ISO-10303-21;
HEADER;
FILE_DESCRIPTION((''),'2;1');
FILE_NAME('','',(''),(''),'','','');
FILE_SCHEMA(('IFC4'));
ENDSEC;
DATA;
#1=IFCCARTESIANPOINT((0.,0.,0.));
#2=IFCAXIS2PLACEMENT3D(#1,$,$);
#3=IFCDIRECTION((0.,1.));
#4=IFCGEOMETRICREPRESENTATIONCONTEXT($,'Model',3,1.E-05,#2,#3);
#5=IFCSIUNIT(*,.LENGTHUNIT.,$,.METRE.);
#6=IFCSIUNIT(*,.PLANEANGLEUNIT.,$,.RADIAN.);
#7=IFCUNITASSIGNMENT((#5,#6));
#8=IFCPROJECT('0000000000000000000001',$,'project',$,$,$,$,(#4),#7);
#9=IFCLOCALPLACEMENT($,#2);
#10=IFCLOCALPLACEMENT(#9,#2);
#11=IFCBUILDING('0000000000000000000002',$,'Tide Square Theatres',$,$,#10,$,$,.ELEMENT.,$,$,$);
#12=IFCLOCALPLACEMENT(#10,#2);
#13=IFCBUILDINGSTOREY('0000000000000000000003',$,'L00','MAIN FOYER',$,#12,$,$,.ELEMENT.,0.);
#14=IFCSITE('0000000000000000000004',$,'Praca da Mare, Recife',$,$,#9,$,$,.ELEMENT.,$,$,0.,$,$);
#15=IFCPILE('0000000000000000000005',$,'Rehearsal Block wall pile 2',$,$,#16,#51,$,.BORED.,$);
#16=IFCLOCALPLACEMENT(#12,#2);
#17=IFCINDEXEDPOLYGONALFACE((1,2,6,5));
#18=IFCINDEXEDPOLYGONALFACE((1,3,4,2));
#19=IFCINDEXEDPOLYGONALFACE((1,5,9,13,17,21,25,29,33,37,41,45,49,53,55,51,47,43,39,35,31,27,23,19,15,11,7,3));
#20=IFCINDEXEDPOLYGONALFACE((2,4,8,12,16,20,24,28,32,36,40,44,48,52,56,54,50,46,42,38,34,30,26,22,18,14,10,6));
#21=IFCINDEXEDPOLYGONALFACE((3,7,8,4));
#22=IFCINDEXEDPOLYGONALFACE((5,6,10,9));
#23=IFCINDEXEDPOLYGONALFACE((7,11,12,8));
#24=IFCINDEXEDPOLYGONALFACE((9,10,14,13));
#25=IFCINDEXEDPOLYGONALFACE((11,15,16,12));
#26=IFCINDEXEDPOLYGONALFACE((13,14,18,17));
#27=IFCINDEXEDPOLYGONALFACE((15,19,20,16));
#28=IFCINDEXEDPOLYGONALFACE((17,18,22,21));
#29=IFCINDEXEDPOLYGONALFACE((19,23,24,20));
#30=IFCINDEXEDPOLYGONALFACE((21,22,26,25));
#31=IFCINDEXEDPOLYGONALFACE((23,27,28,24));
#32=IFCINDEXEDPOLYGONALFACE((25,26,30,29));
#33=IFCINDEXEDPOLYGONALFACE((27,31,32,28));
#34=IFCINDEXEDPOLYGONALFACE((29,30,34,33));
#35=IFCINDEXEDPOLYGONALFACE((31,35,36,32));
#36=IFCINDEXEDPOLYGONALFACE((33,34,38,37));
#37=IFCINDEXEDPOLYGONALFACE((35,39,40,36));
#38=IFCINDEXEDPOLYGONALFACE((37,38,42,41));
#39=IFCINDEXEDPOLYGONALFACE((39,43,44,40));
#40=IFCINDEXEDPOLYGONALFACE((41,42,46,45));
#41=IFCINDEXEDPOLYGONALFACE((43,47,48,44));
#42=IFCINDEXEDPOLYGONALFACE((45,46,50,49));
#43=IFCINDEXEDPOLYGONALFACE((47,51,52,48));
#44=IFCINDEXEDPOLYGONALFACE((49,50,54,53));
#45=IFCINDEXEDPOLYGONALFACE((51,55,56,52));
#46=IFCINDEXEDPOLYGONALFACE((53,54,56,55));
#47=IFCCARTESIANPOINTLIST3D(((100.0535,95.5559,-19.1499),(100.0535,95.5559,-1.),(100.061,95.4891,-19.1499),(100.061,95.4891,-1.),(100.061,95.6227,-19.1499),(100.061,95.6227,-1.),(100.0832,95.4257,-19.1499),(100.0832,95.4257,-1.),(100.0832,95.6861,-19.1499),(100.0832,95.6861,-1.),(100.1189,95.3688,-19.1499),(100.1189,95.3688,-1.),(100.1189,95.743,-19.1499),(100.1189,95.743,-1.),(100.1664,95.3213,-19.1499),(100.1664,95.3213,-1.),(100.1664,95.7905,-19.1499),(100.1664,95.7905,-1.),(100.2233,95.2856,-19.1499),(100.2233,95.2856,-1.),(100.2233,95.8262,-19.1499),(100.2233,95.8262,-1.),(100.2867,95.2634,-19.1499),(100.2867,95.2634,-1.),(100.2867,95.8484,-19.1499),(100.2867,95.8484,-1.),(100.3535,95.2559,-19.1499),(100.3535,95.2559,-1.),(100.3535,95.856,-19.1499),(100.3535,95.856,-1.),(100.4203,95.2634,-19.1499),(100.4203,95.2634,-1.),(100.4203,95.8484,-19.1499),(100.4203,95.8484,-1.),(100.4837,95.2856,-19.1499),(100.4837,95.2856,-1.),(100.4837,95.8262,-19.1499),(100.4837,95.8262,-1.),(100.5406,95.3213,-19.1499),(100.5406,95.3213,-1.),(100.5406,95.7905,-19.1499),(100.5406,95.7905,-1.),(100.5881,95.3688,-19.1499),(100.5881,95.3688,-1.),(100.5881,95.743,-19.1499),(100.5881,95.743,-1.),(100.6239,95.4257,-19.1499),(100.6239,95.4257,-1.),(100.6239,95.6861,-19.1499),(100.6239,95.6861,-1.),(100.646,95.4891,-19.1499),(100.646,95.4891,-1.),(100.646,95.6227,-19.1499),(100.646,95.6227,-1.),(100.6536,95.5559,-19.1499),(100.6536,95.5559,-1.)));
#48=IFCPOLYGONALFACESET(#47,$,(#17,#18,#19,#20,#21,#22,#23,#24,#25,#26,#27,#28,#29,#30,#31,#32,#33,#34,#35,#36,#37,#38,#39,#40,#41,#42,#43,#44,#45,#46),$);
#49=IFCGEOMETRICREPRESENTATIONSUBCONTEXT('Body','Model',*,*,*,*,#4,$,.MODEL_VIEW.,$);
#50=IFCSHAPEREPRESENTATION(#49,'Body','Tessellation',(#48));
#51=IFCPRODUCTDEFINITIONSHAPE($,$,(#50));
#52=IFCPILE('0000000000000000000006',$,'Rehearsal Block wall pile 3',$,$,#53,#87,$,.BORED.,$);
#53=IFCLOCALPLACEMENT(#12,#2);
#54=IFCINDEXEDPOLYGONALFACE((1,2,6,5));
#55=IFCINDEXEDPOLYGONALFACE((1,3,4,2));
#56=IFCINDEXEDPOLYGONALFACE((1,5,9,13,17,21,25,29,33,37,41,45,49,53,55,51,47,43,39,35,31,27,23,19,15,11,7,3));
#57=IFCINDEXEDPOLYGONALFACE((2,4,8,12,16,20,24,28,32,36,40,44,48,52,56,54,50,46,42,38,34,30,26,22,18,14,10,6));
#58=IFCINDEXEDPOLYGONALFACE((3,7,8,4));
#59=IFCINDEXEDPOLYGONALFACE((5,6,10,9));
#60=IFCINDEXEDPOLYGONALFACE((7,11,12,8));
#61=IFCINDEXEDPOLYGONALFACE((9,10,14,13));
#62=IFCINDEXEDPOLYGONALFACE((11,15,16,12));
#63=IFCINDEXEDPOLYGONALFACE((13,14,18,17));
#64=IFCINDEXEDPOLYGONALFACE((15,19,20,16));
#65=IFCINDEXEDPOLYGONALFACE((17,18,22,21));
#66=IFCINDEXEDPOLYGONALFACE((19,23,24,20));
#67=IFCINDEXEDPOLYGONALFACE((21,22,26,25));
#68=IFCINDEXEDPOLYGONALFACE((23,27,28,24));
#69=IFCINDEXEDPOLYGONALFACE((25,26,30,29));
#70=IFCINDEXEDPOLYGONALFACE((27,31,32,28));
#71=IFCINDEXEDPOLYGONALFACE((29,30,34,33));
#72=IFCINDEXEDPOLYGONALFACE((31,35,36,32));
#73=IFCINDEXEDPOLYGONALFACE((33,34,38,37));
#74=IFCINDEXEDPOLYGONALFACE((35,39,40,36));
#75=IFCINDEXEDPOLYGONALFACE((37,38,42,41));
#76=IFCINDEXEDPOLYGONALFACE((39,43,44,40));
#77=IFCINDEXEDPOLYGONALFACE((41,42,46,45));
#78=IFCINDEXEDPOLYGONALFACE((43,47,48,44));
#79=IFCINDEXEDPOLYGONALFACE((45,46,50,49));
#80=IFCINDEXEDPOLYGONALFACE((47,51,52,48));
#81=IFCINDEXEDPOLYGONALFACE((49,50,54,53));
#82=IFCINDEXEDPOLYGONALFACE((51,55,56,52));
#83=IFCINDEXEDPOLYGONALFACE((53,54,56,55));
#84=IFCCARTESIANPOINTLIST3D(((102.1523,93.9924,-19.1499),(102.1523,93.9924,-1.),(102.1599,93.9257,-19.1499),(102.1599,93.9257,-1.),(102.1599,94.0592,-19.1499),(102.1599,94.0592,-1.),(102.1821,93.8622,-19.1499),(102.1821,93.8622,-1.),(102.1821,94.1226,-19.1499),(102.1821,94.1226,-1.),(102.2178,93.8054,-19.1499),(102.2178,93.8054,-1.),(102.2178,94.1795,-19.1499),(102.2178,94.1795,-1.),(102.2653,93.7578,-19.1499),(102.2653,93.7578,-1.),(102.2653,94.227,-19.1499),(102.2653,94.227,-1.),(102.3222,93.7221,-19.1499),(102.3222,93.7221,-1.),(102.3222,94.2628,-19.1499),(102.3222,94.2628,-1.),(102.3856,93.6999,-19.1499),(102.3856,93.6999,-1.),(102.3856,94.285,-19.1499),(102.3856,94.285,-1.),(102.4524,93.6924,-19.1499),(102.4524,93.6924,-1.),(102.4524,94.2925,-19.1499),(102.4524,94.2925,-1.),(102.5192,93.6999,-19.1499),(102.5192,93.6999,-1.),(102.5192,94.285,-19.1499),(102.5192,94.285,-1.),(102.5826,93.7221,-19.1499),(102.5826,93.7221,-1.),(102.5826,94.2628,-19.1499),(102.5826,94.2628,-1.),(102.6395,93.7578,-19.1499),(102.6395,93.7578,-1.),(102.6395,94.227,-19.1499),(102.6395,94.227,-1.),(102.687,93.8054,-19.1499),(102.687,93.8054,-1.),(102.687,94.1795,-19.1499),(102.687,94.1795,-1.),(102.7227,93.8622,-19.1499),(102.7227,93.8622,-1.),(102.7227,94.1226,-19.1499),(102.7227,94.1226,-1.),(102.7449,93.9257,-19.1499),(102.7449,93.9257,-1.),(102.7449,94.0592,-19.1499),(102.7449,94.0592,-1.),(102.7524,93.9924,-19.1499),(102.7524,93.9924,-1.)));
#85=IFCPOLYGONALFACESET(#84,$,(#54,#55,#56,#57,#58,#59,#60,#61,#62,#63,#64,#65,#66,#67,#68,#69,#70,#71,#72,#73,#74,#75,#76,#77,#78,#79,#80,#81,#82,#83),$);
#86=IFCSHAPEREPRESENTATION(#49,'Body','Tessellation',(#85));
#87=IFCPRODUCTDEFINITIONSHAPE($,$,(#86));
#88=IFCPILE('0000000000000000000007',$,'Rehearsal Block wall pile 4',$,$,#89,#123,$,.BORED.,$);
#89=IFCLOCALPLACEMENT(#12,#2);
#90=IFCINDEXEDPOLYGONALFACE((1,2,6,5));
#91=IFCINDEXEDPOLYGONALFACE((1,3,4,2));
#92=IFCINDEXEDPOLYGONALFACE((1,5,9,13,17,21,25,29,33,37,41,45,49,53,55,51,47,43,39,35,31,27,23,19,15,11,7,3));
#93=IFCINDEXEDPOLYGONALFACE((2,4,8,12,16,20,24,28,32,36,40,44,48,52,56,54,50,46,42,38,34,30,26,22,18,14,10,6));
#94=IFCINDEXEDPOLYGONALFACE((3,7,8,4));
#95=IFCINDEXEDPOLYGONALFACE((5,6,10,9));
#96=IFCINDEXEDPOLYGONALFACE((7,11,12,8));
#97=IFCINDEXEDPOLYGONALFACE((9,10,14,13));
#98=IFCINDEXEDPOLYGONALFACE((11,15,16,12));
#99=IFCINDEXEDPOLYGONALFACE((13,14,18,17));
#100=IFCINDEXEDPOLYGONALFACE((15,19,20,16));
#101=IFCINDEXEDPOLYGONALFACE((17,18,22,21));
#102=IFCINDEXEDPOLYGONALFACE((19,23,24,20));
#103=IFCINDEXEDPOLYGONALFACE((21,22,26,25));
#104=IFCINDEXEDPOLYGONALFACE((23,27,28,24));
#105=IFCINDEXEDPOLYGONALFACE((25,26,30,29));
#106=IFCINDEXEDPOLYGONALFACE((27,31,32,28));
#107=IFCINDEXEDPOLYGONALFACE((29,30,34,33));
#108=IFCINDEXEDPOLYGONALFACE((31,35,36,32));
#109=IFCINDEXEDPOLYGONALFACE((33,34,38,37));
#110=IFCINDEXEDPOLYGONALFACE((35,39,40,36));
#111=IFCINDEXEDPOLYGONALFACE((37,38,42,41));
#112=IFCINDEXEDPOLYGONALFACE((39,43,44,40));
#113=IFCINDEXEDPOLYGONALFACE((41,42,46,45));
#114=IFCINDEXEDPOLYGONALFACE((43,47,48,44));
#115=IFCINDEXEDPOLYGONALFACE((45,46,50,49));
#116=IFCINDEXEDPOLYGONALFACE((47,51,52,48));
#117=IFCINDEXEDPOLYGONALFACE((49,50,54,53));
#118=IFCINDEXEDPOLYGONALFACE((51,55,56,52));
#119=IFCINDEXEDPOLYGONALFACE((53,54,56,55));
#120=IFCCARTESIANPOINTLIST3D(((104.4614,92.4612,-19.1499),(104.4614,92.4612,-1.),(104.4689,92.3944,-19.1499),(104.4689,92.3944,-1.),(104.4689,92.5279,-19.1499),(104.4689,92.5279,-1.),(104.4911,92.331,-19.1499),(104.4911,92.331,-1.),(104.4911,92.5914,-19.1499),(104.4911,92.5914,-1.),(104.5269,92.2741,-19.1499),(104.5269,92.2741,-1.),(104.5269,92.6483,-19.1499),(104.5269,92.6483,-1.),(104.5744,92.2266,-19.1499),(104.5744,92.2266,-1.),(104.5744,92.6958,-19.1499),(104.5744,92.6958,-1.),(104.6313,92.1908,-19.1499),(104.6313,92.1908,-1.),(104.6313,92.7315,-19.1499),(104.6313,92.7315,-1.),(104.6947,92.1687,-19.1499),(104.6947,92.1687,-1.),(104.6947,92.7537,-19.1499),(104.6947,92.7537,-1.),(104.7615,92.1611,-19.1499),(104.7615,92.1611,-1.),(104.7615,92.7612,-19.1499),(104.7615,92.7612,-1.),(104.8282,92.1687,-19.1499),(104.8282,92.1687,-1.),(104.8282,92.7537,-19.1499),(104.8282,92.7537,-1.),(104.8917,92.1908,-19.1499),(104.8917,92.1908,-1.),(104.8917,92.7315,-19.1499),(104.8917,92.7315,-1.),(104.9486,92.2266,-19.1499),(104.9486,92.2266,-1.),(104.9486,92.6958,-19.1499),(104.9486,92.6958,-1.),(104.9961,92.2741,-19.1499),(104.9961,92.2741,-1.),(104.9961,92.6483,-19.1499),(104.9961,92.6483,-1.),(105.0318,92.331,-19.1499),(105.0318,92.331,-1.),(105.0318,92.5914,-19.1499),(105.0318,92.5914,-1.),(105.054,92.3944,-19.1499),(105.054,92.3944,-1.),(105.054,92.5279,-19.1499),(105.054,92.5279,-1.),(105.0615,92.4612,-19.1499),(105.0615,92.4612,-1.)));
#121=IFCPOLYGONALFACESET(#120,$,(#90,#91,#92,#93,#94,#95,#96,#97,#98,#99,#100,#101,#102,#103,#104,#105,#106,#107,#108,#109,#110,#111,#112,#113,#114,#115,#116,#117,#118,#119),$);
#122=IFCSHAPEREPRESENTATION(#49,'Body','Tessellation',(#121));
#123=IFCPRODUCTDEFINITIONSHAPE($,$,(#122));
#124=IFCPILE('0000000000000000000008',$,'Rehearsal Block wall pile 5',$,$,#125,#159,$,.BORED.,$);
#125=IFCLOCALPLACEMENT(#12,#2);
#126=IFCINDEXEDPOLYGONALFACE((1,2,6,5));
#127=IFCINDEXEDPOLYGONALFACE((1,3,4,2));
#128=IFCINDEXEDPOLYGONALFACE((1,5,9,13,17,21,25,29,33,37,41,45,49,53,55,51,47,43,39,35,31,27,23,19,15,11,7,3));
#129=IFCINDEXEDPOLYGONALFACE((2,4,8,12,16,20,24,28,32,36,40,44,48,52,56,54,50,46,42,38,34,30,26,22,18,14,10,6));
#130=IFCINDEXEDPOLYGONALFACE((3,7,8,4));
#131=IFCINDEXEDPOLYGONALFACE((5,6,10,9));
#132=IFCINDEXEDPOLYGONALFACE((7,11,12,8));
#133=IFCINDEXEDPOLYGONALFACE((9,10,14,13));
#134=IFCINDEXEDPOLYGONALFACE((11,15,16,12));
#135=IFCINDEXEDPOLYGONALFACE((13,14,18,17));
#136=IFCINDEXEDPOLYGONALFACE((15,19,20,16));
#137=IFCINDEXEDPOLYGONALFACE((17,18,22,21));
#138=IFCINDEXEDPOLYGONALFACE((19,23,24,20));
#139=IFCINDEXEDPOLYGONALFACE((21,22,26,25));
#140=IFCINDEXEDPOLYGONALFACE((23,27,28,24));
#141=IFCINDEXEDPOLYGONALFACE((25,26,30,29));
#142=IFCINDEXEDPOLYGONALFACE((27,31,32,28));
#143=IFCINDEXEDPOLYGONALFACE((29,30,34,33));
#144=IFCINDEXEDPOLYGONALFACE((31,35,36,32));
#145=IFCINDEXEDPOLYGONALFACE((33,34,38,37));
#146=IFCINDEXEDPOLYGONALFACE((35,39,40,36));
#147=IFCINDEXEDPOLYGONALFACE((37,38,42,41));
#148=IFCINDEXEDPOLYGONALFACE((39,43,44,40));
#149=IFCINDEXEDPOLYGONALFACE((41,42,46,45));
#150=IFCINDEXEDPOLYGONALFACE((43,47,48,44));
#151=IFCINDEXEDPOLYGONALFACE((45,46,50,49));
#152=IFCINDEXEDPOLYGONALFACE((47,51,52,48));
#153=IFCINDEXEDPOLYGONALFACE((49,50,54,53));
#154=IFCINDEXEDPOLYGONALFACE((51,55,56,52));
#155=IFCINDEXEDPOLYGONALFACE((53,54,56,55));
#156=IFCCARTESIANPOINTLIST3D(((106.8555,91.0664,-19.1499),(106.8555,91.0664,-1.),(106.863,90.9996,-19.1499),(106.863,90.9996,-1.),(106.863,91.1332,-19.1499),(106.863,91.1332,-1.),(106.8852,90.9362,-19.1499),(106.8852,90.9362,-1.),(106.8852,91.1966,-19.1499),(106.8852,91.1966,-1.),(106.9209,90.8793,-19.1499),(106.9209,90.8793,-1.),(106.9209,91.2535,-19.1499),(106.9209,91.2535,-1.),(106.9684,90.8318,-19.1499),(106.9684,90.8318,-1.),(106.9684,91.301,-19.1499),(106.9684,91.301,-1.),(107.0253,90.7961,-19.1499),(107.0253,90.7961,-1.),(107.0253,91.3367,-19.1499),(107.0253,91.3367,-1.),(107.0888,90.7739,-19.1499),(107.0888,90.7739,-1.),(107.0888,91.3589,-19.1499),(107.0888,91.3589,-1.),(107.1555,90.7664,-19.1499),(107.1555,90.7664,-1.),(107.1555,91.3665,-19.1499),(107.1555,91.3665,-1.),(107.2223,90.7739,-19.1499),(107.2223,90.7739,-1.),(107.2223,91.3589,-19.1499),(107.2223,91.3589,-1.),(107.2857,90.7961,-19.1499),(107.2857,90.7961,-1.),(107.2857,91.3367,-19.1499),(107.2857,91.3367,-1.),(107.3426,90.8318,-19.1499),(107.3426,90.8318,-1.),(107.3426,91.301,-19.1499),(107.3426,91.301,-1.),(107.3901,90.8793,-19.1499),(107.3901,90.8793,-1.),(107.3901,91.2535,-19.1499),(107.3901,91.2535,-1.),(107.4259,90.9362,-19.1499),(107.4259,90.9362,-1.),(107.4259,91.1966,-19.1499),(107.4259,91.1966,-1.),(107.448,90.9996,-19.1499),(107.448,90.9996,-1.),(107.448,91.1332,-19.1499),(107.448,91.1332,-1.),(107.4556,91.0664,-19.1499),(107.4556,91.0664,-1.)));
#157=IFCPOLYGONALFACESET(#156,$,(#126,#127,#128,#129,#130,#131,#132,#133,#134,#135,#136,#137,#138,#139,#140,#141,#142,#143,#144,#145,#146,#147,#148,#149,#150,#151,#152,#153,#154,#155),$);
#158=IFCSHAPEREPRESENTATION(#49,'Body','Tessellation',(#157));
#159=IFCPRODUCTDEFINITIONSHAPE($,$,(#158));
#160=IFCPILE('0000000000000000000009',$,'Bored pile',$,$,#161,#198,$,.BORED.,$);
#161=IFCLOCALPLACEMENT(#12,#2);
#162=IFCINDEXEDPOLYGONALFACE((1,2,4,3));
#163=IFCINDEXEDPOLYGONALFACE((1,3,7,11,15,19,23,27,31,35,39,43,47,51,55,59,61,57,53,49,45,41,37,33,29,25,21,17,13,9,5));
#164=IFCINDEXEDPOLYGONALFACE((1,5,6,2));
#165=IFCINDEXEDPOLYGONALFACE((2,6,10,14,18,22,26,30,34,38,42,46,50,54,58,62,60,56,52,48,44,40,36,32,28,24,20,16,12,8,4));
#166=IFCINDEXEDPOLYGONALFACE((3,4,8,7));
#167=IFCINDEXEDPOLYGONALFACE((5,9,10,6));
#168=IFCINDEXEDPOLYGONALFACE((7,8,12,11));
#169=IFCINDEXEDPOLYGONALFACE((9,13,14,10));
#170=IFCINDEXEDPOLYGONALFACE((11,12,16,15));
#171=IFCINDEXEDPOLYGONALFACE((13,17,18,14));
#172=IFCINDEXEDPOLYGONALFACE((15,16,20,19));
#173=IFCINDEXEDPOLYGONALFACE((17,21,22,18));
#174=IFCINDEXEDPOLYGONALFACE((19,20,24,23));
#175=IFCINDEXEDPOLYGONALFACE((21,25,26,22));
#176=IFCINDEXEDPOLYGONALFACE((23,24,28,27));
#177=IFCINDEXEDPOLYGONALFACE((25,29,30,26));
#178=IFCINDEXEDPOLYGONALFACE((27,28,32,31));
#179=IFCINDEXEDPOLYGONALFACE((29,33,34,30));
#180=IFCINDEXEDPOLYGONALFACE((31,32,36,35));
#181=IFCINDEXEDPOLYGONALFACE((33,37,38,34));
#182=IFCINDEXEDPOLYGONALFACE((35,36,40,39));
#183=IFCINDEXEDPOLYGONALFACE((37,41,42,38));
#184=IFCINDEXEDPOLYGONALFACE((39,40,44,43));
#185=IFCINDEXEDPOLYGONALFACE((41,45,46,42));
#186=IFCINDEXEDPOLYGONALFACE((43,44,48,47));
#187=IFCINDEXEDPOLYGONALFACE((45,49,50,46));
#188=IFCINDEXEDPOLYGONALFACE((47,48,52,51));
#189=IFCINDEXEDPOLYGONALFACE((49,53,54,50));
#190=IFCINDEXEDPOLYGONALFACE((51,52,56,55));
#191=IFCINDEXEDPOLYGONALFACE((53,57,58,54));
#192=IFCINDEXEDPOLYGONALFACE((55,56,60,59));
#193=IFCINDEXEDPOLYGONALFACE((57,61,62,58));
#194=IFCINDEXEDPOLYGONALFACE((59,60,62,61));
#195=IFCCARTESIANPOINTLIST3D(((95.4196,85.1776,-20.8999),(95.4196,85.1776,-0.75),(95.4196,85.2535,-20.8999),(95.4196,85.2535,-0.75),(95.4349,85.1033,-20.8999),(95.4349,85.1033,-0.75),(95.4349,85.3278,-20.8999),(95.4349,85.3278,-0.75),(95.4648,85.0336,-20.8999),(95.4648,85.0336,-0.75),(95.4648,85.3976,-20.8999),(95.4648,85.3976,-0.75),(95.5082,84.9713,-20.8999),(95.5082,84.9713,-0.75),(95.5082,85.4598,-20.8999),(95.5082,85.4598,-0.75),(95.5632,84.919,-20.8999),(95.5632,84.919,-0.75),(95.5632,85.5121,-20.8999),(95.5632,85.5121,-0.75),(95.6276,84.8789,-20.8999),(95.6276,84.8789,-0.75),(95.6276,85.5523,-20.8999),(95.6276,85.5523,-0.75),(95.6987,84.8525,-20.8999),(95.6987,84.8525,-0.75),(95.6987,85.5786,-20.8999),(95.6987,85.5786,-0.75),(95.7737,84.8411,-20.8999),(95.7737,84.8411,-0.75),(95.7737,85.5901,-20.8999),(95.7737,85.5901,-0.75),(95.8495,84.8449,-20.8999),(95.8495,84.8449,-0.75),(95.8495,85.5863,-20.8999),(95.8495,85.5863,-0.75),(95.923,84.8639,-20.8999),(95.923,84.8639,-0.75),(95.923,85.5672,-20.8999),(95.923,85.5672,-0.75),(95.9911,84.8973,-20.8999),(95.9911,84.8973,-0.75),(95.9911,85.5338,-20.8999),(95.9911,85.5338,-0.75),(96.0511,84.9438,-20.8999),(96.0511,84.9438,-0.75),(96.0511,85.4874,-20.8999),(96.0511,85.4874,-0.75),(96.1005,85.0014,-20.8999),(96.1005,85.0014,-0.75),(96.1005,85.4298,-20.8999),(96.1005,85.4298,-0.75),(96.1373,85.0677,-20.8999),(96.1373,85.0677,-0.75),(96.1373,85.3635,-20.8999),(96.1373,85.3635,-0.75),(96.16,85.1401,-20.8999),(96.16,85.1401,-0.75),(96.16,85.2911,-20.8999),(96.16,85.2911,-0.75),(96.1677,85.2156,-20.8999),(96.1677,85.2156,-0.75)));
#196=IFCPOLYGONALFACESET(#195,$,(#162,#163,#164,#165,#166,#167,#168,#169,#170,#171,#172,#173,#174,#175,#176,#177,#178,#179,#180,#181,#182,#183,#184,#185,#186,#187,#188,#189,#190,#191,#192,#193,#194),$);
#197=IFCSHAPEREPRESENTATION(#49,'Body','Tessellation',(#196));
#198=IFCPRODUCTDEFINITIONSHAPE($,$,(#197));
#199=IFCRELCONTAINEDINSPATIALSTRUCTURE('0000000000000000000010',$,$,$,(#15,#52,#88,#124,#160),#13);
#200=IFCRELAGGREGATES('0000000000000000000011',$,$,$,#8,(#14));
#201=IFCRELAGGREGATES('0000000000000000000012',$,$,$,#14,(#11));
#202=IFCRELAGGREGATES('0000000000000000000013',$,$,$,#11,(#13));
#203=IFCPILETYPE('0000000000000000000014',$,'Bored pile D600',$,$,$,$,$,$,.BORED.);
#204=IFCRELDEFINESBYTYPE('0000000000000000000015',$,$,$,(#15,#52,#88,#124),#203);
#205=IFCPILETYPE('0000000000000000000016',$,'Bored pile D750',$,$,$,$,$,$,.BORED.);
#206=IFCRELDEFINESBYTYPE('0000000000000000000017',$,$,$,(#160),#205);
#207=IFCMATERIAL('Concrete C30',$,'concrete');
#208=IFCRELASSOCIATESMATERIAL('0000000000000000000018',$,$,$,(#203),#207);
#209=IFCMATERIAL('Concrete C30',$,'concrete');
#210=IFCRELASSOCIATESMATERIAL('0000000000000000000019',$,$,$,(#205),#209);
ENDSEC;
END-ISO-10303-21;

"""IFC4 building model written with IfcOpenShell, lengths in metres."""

from ifc_helpers import new_model, si_unit, direction, frame, origin, origin_2d, place, context, subcontext, project, spatial, circle, extrude, material, material_profile, profile_set, type_object, element, save


model = new_model("IFC4")

# Units and contexts
model_context = context("Model", 3, precision=1e-05, world=origin(), true_north=direction((0.0, 1.0)))
body_context = subcontext(model_context, "Body", "Model", "MODEL_VIEW")
ifc_project = project(units=[si_unit("LENGTHUNIT", "METRE"), si_unit("PLANEANGLEUNIT", "RADIAN")], contexts=[model_context])

# Site, building, storey
site_placement = place(None, origin())
site = spatial("IfcSite", under=ifc_project, at=site_placement, Name="Praca da Mare, Recife", CompositionType="ELEMENT", RefElevation=0.0)
building_placement = place(site_placement, origin())
building = spatial("IfcBuilding", under=site, at=building_placement, Name="Tide Square Theatres", CompositionType="ELEMENT")
storey_placement = place(building_placement, origin())
storey = spatial("IfcBuildingStorey", under=building, at=storey_placement, Name="L00", Description="MAIN FOYER", CompositionType="ELEMENT", Elevation=0.0)

# Piles
ifc_material_1 = material(Name="Concrete C30", Category="concrete")
ifc_material_profile_1 = material_profile(ifc_material_1, circle(Radius=0.3, at=origin_2d()))
ifc_profile_set_1 = profile_set([ifc_material_profile_1], Name="Concrete C30")
pile_type_1 = type_object("IfcPileType", Name="Bored pile D600", PredefinedType="BORED", material=ifc_profile_set_1)
for number, where, z_axis, x_axis, name in (
    (1, (100.3535, 95.5559, -1.0), (0.0, 0.0, -1.0), (1.0, 0.0, 0.0), "Rehearsal Block wall pile 2"),
    (2, (102.4524, 93.9924, -1.0), (0.0, 0.0, -1.0), (1.0, 0.0, 0.0), "Rehearsal Block wall pile 3"),
    (3, (104.7615, 92.4612, -1.0), (0.0, 0.0, -1.0), (1.0, 0.0, 0.0), "Rehearsal Block wall pile 4"),
    (4, (107.1555, 91.0664, -1.0), (0.0, 0.0, -1.0), (1.0, 0.0, 0.0), "Rehearsal Block wall pile 5"),
):
    element("IfcPile", number, at=place(storey_placement, frame(where, z_axis=z_axis, x_axis=x_axis)), inside=storey, type_object=pile_type_1, Name=name, PredefinedType="BORED", context=body_context, shape_type="SweptSolid", body=[
        extrude(circle(Radius=0.3, at=origin_2d()), origin(), (0.0, 0.0, 1.0), 18.1499),
    ])
ifc_material_2 = material(Name="Concrete C30", Category="concrete")
ifc_material_profile_2 = material_profile(ifc_material_2, circle(Radius=0.375, at=origin_2d()))
ifc_profile_set_2 = profile_set([ifc_material_profile_2], Name="Concrete C30")
pile_type_2 = type_object("IfcPileType", Name="Bored pile D750", PredefinedType="BORED", material=ifc_profile_set_2)
pile_placement = place(storey_placement, frame((95.7927, 85.2156, -0.75), z_axis=(0.0, 0.0, -1.0), x_axis=(1.0, 0.0, 0.0)))
element("IfcPile", 5, at=pile_placement, inside=storey, type_object=pile_type_2, Name="Bored pile", PredefinedType="BORED", context=body_context, shape_type="SweptSolid", body=[
    extrude(circle(Radius=0.375, at=origin_2d()), origin(), (0.0, 0.0, 1.0), 20.1499),
])

save(model, "model.ifc")
